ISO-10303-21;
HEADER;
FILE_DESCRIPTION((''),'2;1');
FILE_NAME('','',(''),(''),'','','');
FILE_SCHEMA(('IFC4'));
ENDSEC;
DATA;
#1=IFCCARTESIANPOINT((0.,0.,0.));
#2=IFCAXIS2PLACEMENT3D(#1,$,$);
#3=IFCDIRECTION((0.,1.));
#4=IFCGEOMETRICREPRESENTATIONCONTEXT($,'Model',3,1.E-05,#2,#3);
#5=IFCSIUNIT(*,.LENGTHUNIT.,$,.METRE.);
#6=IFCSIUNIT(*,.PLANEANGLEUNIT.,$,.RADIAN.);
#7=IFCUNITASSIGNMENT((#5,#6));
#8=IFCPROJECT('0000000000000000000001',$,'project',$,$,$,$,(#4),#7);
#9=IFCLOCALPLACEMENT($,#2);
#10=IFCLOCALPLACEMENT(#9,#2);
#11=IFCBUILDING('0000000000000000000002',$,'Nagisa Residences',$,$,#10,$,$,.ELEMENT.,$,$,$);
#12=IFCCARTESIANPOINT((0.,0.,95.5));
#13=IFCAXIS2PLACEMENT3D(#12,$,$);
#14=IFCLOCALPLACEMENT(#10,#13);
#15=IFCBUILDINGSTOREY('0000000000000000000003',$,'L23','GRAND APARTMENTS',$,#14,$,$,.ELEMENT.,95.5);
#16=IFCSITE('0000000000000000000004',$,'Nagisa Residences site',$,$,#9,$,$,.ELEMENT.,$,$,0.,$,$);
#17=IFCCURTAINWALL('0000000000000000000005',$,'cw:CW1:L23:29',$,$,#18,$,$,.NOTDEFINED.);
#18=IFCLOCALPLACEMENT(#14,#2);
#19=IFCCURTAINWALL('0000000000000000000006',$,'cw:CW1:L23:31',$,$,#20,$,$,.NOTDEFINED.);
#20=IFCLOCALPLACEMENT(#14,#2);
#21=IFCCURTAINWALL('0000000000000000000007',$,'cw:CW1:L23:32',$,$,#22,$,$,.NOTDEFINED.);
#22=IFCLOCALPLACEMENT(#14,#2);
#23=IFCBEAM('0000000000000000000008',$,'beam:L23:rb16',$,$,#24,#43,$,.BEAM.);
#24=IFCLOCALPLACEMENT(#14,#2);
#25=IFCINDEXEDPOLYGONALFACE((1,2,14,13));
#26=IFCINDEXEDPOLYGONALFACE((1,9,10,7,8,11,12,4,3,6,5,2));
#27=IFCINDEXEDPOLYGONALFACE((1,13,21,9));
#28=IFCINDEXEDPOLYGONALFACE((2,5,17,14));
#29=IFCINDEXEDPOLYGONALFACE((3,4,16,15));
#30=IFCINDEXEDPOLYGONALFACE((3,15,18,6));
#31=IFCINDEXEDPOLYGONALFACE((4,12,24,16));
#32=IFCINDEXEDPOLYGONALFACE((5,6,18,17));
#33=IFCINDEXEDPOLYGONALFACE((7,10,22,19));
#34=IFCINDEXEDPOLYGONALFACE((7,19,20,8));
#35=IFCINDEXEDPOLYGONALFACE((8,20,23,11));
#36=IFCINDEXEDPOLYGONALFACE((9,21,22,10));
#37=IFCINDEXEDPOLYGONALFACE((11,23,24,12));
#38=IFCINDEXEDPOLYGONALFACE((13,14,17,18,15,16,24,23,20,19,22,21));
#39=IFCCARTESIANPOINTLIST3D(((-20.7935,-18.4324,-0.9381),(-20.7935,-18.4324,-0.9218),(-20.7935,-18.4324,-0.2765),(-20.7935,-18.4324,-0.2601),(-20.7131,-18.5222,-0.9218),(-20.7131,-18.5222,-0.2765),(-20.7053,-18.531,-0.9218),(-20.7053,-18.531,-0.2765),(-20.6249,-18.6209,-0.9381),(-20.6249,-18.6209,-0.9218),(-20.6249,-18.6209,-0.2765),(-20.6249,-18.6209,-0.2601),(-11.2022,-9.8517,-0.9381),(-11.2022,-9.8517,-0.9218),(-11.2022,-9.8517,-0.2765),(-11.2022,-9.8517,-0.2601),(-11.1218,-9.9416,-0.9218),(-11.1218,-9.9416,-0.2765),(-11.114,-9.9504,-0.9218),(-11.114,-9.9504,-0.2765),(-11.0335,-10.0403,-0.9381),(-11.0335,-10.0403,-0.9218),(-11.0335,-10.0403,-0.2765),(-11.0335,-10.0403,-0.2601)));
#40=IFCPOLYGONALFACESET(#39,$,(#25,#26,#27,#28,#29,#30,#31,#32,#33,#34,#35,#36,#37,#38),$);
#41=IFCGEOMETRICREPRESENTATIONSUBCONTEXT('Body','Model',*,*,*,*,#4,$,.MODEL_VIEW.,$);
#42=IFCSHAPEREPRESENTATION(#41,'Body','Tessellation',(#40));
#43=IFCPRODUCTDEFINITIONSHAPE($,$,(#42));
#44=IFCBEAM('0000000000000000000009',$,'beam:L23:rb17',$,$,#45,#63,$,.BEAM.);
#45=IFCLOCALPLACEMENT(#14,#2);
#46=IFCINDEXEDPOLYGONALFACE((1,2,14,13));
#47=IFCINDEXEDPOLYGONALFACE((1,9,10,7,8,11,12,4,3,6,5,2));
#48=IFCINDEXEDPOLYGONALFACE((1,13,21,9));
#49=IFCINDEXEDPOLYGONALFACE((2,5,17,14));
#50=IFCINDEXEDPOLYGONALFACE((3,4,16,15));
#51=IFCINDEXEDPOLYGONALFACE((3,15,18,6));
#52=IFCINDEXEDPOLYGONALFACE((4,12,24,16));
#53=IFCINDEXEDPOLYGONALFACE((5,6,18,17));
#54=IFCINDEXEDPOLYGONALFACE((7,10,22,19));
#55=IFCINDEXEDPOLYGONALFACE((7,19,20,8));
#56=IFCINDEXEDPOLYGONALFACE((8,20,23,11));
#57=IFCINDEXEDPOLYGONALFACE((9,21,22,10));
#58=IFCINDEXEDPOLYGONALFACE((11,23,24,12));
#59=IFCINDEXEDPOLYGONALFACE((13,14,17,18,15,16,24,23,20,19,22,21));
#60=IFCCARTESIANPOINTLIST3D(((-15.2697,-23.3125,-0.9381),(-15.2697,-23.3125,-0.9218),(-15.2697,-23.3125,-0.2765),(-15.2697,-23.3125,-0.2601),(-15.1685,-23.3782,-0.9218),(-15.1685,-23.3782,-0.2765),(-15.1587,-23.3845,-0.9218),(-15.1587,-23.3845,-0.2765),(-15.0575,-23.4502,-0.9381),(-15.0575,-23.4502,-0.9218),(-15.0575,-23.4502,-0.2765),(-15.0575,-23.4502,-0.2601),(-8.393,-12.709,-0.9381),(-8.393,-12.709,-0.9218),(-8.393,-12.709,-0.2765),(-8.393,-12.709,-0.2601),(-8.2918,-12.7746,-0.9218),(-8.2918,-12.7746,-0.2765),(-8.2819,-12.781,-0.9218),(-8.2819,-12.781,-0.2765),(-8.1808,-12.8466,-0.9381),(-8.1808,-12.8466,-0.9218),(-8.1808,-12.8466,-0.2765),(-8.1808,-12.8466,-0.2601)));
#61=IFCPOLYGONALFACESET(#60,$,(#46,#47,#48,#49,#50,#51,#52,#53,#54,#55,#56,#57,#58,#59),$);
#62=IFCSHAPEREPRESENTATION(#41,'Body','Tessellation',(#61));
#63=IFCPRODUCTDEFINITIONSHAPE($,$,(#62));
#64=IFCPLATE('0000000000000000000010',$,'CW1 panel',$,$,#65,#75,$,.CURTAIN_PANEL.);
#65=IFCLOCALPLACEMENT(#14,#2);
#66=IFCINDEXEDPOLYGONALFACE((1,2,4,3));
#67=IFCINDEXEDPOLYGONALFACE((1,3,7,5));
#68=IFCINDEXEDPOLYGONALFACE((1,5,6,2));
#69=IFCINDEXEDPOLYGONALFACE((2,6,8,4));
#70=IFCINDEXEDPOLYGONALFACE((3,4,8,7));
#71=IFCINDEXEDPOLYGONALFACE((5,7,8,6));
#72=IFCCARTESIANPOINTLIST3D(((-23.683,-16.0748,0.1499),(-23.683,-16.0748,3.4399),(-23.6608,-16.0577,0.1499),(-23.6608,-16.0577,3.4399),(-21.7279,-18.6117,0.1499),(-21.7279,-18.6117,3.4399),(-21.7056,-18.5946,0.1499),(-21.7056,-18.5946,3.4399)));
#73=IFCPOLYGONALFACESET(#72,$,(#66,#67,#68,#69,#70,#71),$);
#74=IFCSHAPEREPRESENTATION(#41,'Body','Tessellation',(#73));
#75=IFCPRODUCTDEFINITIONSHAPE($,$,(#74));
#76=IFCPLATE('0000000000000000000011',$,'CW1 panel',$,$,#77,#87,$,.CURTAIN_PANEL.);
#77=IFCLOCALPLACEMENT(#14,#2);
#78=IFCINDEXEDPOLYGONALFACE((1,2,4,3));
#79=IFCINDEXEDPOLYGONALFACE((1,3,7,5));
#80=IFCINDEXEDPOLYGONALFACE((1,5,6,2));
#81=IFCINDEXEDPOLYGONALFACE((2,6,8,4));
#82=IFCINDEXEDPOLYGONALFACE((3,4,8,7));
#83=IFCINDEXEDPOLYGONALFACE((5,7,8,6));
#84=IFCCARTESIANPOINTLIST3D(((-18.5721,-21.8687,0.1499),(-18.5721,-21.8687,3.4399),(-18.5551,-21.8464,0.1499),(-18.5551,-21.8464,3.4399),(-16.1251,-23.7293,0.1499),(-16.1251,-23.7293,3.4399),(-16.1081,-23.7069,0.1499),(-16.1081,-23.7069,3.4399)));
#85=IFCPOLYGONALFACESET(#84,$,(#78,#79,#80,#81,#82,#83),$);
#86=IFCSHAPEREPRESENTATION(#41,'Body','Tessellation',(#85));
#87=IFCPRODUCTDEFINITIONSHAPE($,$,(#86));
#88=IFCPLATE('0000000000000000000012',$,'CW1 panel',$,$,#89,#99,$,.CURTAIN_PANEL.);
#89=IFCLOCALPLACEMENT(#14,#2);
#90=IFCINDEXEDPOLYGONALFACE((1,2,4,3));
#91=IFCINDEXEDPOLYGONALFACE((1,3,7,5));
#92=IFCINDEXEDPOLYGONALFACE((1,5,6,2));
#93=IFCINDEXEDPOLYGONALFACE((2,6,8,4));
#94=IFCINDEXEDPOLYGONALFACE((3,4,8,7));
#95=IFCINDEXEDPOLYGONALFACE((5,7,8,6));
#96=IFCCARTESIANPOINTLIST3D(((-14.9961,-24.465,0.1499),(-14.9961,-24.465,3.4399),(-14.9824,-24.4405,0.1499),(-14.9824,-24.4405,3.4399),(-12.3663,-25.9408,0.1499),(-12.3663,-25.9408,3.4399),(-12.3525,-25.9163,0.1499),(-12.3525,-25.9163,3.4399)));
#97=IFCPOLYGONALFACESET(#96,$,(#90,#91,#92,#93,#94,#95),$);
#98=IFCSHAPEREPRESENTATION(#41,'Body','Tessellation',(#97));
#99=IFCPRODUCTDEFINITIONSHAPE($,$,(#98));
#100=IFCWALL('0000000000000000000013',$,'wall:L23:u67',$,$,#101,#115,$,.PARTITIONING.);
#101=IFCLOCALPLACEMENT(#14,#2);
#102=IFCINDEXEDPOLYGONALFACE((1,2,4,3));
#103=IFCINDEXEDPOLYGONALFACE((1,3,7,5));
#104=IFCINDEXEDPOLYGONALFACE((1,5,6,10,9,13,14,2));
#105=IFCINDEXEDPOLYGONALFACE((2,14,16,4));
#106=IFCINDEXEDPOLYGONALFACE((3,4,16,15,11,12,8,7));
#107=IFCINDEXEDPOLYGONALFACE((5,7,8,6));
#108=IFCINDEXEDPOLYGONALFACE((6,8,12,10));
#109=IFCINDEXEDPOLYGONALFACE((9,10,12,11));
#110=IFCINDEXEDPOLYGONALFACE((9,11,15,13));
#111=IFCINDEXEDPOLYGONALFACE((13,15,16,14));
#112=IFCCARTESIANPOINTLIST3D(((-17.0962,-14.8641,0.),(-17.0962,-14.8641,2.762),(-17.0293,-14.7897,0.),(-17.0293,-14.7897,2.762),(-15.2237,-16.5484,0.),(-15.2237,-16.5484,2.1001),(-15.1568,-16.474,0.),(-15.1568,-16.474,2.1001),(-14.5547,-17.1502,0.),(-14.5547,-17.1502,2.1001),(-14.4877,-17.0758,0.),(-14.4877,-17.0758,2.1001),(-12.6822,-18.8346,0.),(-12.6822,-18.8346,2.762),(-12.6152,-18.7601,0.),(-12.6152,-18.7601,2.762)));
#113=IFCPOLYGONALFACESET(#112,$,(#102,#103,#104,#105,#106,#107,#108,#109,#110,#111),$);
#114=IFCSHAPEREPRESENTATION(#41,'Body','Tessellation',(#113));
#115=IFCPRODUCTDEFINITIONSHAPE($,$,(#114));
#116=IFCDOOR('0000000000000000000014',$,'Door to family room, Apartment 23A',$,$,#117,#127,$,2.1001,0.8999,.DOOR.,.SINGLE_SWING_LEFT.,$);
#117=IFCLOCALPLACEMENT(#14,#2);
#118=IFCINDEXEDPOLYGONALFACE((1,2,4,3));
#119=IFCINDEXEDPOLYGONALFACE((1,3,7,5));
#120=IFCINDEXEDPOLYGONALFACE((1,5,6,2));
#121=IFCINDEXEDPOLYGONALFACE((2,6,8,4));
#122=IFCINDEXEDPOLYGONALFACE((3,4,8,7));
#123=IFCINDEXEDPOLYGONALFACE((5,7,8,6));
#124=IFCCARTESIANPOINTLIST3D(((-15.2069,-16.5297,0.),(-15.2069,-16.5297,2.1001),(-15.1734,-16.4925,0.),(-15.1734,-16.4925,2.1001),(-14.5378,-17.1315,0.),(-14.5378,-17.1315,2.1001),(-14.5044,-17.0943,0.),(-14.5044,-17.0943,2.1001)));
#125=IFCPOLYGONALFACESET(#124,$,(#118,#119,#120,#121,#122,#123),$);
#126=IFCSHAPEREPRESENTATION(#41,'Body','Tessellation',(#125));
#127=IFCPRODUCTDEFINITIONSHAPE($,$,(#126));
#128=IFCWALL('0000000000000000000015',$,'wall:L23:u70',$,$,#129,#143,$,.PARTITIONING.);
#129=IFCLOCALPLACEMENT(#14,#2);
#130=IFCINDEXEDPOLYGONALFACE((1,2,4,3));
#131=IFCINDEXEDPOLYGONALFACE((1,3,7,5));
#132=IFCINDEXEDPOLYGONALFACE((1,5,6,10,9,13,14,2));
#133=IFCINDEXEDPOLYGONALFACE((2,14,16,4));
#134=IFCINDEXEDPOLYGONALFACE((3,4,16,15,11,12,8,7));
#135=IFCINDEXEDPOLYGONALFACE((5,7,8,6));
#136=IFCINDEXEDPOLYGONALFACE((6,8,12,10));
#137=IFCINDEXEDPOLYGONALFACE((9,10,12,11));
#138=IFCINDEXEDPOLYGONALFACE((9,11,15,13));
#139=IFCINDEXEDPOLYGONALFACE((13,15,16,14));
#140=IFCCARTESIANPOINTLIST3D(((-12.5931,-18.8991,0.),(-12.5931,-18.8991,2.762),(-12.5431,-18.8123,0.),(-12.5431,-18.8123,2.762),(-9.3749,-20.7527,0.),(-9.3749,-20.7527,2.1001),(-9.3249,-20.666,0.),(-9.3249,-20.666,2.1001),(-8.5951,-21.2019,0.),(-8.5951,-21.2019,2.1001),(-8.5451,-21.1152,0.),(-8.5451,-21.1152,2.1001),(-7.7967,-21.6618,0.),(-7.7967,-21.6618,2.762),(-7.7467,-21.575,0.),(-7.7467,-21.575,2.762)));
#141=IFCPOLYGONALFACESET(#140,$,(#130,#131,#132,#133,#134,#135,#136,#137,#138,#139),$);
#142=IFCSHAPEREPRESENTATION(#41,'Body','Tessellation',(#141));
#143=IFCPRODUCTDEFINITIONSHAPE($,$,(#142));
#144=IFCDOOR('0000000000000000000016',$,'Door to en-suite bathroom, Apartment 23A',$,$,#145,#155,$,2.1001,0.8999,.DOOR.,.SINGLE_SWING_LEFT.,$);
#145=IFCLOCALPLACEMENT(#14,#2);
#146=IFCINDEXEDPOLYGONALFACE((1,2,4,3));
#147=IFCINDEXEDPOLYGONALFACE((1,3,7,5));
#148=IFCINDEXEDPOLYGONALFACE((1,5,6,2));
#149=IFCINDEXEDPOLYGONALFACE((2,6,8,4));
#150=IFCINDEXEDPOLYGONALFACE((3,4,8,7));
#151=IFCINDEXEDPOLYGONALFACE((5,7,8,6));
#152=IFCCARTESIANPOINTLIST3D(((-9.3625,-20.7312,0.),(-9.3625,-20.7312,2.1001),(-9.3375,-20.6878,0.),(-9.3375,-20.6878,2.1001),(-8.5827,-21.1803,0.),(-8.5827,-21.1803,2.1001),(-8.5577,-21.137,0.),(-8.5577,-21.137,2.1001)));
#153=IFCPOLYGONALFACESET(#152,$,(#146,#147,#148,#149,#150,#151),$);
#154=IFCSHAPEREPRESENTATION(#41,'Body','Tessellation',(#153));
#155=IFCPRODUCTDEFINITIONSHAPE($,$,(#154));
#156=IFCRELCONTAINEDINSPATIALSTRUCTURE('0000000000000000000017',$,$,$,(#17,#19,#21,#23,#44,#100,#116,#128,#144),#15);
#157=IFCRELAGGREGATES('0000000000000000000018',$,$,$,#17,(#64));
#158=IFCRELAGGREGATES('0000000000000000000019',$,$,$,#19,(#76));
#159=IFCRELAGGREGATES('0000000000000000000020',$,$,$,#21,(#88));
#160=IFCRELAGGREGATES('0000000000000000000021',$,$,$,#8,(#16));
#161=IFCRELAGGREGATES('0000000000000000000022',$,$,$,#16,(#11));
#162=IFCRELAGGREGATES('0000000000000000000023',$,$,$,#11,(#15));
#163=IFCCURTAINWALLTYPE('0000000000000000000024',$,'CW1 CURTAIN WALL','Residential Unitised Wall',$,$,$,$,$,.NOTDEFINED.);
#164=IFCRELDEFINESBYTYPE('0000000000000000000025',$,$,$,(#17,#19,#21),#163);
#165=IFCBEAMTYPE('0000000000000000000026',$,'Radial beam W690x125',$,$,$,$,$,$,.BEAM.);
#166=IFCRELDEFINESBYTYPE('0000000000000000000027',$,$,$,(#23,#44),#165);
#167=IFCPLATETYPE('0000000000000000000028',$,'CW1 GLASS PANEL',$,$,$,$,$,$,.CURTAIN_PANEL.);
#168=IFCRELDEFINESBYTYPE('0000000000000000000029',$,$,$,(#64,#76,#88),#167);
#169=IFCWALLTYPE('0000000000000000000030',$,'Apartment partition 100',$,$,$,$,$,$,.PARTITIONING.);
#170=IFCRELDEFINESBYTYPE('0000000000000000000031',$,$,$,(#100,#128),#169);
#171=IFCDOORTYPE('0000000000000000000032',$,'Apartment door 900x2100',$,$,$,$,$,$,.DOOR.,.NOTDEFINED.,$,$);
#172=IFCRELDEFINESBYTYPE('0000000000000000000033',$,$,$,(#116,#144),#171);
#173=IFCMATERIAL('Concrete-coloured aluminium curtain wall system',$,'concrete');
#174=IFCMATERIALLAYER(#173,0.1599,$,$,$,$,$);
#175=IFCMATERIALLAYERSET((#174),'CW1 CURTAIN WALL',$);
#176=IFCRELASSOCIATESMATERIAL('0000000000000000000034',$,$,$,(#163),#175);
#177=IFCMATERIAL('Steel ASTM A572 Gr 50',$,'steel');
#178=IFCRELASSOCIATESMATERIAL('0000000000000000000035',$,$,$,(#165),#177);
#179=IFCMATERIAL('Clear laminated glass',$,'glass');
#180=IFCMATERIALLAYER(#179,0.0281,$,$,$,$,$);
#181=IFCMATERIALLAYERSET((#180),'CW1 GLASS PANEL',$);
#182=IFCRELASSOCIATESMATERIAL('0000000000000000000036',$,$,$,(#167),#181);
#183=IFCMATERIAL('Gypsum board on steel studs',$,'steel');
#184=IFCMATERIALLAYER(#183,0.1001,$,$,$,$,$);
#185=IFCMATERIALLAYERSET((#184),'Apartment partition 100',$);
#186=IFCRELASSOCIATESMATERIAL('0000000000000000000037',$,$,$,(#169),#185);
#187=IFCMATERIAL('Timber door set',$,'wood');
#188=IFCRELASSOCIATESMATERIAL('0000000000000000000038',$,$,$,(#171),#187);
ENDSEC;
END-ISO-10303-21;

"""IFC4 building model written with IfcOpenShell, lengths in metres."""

from ifc_helpers import new_model, si_unit, direction, frame, frame_2d, origin, origin_2d, place, context, subcontext, project, spatial, rectangle, i_section, extrude, material, layer, layer_set, material_profile, profile_set, type_object, element, fill, aggregate, save


model = new_model("IFC4")

# Units and contexts
model_context = context("Model", 3, precision=1e-05, world=origin(), true_north=direction((0.0, 1.0)))
body_context = subcontext(model_context, "Body", "Model", "MODEL_VIEW")
ifc_project = project(units=[si_unit("LENGTHUNIT", "METRE"), si_unit("PLANEANGLEUNIT", "RADIAN")], contexts=[model_context])

# Site, building, storey
site_placement = place(None, origin())
site = spatial("IfcSite", under=ifc_project, at=site_placement, Name="Nagisa Residences site", CompositionType="ELEMENT", RefElevation=0.0)
building_placement = place(site_placement, origin())
building = spatial("IfcBuilding", under=site, at=building_placement, Name="Nagisa Residences", CompositionType="ELEMENT")
storey_placement = place(building_placement, frame((0.0, 0.0, 95.5)))
storey = spatial("IfcBuildingStorey", under=building, at=storey_placement, Name="L23", Description="GRAND APARTMENTS", CompositionType="ELEMENT", Elevation=95.5)

# Curtain walls
ifc_material_1 = material(Name="Concrete-coloured aluminium curtain wall system", Category="concrete")
ifc_layer_1 = layer(ifc_material_1, 0.1599)
ifc_layer_set_1 = layer_set([ifc_layer_1], Name="CW1 CURTAIN WALL")
curtain_wall_type = type_object("IfcCurtainWallType", Name="CW1 CURTAIN WALL", Description="Residential Unitised Wall", PredefinedType="NOTDEFINED", material=ifc_layer_set_1)
curtain_wall_1_placement = place(storey_placement, origin())
curtain_wall_1 = element("IfcCurtainWall", 1, at=curtain_wall_1_placement, inside=storey, type_object=curtain_wall_type, Name="cw:CW1:L23:29", PredefinedType="NOTDEFINED")
curtain_wall_2_placement = place(storey_placement, origin())
curtain_wall_2 = element("IfcCurtainWall", 2, at=curtain_wall_2_placement, inside=storey, type_object=curtain_wall_type, Name="cw:CW1:L23:31", PredefinedType="NOTDEFINED")
curtain_wall_3_placement = place(storey_placement, origin())
curtain_wall_3 = element("IfcCurtainWall", 3, at=curtain_wall_3_placement, inside=storey, type_object=curtain_wall_type, Name="cw:CW1:L23:32", PredefinedType="NOTDEFINED")

# Beams
ifc_material_2 = material(Name="Steel ASTM A572 Gr 50", Category="steel")
ifc_material_profile_1 = material_profile(ifc_material_2, i_section(OverallWidth=0.2529, OverallDepth=0.678, WebThickness=0.0117, FlangeThickness=0.0164, at=origin_2d()), Name="W690x125")
ifc_profile_set_1 = profile_set([ifc_material_profile_1], Name="Steel ASTM A572 Gr 50")
beam_type_1 = type_object("IfcBeamType", Name="Radial beam W690x125", PredefinedType="BEAM", material=ifc_profile_set_1)
beam_1_placement = place(storey_placement, frame((-20.7092, -18.5266, -0.5991), z_axis=(0.745285, 0.666746, 0.0), x_axis=(-0.666746, 0.745285, 0.0)))
element("IfcBeam", 4, at=beam_1_placement, inside=storey, type_object=beam_type_1, Name="beam:L23:rb16", PredefinedType="BEAM", context=body_context, shape_type="SweptSolid", body=[
    extrude(i_section(OverallWidth=0.2529, OverallDepth=0.678, WebThickness=0.0117, FlangeThickness=0.0164, at=origin_2d()), origin(), (0.0, 0.0, 1.0), 12.8694),
])
beam_2_placement = place(storey_placement, frame((-15.1636, -23.3813, -0.5991), z_axis=(0.544122, 0.839006, 0.0), x_axis=(-0.839006, 0.544122, 0.0)))
element("IfcBeam", 5, at=beam_2_placement, inside=storey, type_object=beam_type_1, Name="beam:L23:rb17", PredefinedType="BEAM", context=body_context, shape_type="SweptSolid", body=[
    extrude(i_section(OverallWidth=0.2529, OverallDepth=0.678, WebThickness=0.0117, FlangeThickness=0.0164, at=origin_2d()), origin(), (0.0, 0.0, 1.0), 12.6382),
])

# Plates
ifc_material_3 = material(Name="Clear laminated glass", Category="glass")
ifc_layer_2 = layer(ifc_material_3, 0.0281)
ifc_layer_set_2 = layer_set([ifc_layer_2], Name="CW1 GLASS PANEL")
plate_type = type_object("IfcPlateType", Name="CW1 GLASS PANEL", PredefinedType="CURTAIN_PANEL", material=ifc_layer_set_2)
plate_1_placement = place(storey_placement, frame((-22.6943, -17.3347, 0.1499), z_axis=(0.0, 0.0, 1.0), x_axis=(0.61043, -0.79207, 0.0)))
plate_1 = element("IfcPlate", 6, at=plate_1_placement, type_object=plate_type, Name="CW1 panel", PredefinedType="CURTAIN_PANEL", context=body_context, shape_type="SweptSolid", body=[
    extrude(rectangle(XDim=3.2029, YDim=0.0281, at=origin_2d()), origin(), (0.0, 0.0, 1.0), 3.29),
])
aggregate(curtain_wall_1, [plate_1])
plate_2_placement = place(storey_placement, frame((-17.3401, -22.7878, 0.1499), z_axis=(0.0, 0.0, 1.0), x_axis=(0.796031, -0.605255, 0.0)))
plate_2 = element("IfcPlate", 7, at=plate_2_placement, type_object=plate_type, Name="CW1 panel", PredefinedType="CURTAIN_PANEL", context=body_context, shape_type="SweptSolid", body=[
    extrude(rectangle(XDim=3.074, YDim=0.0281, at=origin_2d()), origin(), (0.0, 0.0, 1.0), 3.29),
])
aggregate(curtain_wall_2, [plate_2])
plate_3_placement = place(storey_placement, frame((-13.6743, -25.1907, 0.1499), z_axis=(0.0, 0.0, 1.0), x_axis=(0.872072, -0.489377, 0.0)))
plate_3 = element("IfcPlate", 8, at=plate_3_placement, type_object=plate_type, Name="CW1 panel", PredefinedType="CURTAIN_PANEL", context=body_context, shape_type="SweptSolid", body=[
    extrude(rectangle(XDim=3.0156, YDim=0.0281, at=origin_2d()), origin(), (0.0, 0.0, 1.0), 3.29),
])
aggregate(curtain_wall_3, [plate_3])

# Walls, openings, doors
ifc_material_4 = material(Name="Gypsum board on steel studs", Category="steel")
ifc_layer_3 = layer(ifc_material_4, 0.1001)
ifc_layer_set_3 = layer_set([ifc_layer_3], Name="Apartment partition 100")
wall_type_1 = type_object("IfcWallType", Name="Apartment partition 100", PredefinedType="PARTITIONING", material=ifc_layer_set_3)
wall_1_placement = place(storey_placement, frame((-17.0627, -14.8269, 0.0), z_axis=(0.0, 0.0, 1.0), x_axis=(0.743478, -0.66876, 0.0)))
wall_1 = element("IfcWall", 9, at=wall_1_placement, inside=storey, type_object=wall_type_1, Name="wall:L23:u67", PredefinedType="PARTITIONING", context=body_context, shape_type="SweptSolid", body=[
    extrude(rectangle(XDim=5.937, YDim=0.1001, at=frame_2d((2.9685, 0.0))), origin(), (0.0, 0.0, 1.0), 2.762),
])
opening_1_placement = place(wall_1_placement, frame((2.5186, 0.0, 0.0)))
opening_1 = element("IfcOpeningElement", 10, at=opening_1_placement, cuts=wall_1, PredefinedType="OPENING", context=body_context, shape_type="SweptSolid", body=[
    extrude(rectangle(XDim=0.8999, YDim=2.1001, at=frame_2d((0.45, 1.05))), frame((0.0, 0.0601, 0.0), z_axis=(0.0, -1.0, 0.0), x_axis=(1.0, 0.0, 0.0)), (0.0, 0.0, 1.0), 0.1201),
])
ifc_material_5 = material(Name="Timber door set", Category="wood")
door_type_1 = type_object("IfcDoorType", Name="Apartment door 900x2100", OperationType="NOTDEFINED", PredefinedType="DOOR", material=ifc_material_5)
door_1_placement = place(opening_1_placement, frame((0.8999, 0.0, 0.0), x_axis=(-1.0, 0.0, 0.0)))
door_1 = element("IfcDoor", 11, at=door_1_placement, inside=storey, type_object=door_type_1, Name="Door to family room, Apartment 23A", OperationType="SINGLE_SWING_LEFT", OverallHeight=2.1001, OverallWidth=0.8999, PredefinedType="DOOR", context=body_context, shape_type="SweptSolid", body=[
    extrude(rectangle(XDim=0.8999, YDim=2.1001, at=frame_2d((0.45, 1.05))), frame((0.0, 0.0249, 0.0), z_axis=(0.0, -1.0, 0.0), x_axis=(1.0, 0.0, 0.0)), (0.0, 0.0, 1.0), 0.05),
])
fill(opening_1, door_1)
wall_2_placement = place(storey_placement, frame((-12.5681, -18.8557, 0.0), z_axis=(0.0, 0.0, 1.0), x_axis=(0.866533, -0.499119, 0.0)))
wall_2 = element("IfcWall", 12, at=wall_2_placement, inside=storey, type_object=wall_type_1, Name="wall:L23:u70", PredefinedType="PARTITIONING", context=body_context, shape_type="SweptSolid", body=[
    extrude(rectangle(XDim=5.5352, YDim=0.1001, at=frame_2d((2.7676, 0.0))), origin(), (0.0, 0.0, 1.0), 2.762),
])
opening_2_placement = place(wall_2_placement, frame((3.7139, 0.0, 0.0)))
opening_2 = element("IfcOpeningElement", 13, at=opening_2_placement, cuts=wall_2, PredefinedType="OPENING", context=body_context, shape_type="SweptSolid", body=[
    extrude(rectangle(XDim=0.8999, YDim=2.1001, at=frame_2d((0.45, 1.05))), frame((0.0, 0.0601, 0.0), z_axis=(0.0, -1.0, 0.0), x_axis=(1.0, 0.0, 0.0)), (0.0, 0.0, 1.0), 0.1201),
])
door_2_placement = place(opening_2_placement, origin())
door_2 = element("IfcDoor", 14, at=door_2_placement, inside=storey, type_object=door_type_1, Name="Door to en-suite bathroom, Apartment 23A", OperationType="SINGLE_SWING_LEFT", OverallHeight=2.1001, OverallWidth=0.8999, PredefinedType="DOOR", context=body_context, shape_type="SweptSolid", body=[
    extrude(rectangle(XDim=0.8999, YDim=2.1001, at=frame_2d((0.45, 1.05))), frame((0.0, 0.0249, 0.0), z_axis=(0.0, -1.0, 0.0), x_axis=(1.0, 0.0, 0.0)), (0.0, 0.0, 1.0), 0.05),
])
fill(opening_2, door_2)

save(model, "model.ifc")
